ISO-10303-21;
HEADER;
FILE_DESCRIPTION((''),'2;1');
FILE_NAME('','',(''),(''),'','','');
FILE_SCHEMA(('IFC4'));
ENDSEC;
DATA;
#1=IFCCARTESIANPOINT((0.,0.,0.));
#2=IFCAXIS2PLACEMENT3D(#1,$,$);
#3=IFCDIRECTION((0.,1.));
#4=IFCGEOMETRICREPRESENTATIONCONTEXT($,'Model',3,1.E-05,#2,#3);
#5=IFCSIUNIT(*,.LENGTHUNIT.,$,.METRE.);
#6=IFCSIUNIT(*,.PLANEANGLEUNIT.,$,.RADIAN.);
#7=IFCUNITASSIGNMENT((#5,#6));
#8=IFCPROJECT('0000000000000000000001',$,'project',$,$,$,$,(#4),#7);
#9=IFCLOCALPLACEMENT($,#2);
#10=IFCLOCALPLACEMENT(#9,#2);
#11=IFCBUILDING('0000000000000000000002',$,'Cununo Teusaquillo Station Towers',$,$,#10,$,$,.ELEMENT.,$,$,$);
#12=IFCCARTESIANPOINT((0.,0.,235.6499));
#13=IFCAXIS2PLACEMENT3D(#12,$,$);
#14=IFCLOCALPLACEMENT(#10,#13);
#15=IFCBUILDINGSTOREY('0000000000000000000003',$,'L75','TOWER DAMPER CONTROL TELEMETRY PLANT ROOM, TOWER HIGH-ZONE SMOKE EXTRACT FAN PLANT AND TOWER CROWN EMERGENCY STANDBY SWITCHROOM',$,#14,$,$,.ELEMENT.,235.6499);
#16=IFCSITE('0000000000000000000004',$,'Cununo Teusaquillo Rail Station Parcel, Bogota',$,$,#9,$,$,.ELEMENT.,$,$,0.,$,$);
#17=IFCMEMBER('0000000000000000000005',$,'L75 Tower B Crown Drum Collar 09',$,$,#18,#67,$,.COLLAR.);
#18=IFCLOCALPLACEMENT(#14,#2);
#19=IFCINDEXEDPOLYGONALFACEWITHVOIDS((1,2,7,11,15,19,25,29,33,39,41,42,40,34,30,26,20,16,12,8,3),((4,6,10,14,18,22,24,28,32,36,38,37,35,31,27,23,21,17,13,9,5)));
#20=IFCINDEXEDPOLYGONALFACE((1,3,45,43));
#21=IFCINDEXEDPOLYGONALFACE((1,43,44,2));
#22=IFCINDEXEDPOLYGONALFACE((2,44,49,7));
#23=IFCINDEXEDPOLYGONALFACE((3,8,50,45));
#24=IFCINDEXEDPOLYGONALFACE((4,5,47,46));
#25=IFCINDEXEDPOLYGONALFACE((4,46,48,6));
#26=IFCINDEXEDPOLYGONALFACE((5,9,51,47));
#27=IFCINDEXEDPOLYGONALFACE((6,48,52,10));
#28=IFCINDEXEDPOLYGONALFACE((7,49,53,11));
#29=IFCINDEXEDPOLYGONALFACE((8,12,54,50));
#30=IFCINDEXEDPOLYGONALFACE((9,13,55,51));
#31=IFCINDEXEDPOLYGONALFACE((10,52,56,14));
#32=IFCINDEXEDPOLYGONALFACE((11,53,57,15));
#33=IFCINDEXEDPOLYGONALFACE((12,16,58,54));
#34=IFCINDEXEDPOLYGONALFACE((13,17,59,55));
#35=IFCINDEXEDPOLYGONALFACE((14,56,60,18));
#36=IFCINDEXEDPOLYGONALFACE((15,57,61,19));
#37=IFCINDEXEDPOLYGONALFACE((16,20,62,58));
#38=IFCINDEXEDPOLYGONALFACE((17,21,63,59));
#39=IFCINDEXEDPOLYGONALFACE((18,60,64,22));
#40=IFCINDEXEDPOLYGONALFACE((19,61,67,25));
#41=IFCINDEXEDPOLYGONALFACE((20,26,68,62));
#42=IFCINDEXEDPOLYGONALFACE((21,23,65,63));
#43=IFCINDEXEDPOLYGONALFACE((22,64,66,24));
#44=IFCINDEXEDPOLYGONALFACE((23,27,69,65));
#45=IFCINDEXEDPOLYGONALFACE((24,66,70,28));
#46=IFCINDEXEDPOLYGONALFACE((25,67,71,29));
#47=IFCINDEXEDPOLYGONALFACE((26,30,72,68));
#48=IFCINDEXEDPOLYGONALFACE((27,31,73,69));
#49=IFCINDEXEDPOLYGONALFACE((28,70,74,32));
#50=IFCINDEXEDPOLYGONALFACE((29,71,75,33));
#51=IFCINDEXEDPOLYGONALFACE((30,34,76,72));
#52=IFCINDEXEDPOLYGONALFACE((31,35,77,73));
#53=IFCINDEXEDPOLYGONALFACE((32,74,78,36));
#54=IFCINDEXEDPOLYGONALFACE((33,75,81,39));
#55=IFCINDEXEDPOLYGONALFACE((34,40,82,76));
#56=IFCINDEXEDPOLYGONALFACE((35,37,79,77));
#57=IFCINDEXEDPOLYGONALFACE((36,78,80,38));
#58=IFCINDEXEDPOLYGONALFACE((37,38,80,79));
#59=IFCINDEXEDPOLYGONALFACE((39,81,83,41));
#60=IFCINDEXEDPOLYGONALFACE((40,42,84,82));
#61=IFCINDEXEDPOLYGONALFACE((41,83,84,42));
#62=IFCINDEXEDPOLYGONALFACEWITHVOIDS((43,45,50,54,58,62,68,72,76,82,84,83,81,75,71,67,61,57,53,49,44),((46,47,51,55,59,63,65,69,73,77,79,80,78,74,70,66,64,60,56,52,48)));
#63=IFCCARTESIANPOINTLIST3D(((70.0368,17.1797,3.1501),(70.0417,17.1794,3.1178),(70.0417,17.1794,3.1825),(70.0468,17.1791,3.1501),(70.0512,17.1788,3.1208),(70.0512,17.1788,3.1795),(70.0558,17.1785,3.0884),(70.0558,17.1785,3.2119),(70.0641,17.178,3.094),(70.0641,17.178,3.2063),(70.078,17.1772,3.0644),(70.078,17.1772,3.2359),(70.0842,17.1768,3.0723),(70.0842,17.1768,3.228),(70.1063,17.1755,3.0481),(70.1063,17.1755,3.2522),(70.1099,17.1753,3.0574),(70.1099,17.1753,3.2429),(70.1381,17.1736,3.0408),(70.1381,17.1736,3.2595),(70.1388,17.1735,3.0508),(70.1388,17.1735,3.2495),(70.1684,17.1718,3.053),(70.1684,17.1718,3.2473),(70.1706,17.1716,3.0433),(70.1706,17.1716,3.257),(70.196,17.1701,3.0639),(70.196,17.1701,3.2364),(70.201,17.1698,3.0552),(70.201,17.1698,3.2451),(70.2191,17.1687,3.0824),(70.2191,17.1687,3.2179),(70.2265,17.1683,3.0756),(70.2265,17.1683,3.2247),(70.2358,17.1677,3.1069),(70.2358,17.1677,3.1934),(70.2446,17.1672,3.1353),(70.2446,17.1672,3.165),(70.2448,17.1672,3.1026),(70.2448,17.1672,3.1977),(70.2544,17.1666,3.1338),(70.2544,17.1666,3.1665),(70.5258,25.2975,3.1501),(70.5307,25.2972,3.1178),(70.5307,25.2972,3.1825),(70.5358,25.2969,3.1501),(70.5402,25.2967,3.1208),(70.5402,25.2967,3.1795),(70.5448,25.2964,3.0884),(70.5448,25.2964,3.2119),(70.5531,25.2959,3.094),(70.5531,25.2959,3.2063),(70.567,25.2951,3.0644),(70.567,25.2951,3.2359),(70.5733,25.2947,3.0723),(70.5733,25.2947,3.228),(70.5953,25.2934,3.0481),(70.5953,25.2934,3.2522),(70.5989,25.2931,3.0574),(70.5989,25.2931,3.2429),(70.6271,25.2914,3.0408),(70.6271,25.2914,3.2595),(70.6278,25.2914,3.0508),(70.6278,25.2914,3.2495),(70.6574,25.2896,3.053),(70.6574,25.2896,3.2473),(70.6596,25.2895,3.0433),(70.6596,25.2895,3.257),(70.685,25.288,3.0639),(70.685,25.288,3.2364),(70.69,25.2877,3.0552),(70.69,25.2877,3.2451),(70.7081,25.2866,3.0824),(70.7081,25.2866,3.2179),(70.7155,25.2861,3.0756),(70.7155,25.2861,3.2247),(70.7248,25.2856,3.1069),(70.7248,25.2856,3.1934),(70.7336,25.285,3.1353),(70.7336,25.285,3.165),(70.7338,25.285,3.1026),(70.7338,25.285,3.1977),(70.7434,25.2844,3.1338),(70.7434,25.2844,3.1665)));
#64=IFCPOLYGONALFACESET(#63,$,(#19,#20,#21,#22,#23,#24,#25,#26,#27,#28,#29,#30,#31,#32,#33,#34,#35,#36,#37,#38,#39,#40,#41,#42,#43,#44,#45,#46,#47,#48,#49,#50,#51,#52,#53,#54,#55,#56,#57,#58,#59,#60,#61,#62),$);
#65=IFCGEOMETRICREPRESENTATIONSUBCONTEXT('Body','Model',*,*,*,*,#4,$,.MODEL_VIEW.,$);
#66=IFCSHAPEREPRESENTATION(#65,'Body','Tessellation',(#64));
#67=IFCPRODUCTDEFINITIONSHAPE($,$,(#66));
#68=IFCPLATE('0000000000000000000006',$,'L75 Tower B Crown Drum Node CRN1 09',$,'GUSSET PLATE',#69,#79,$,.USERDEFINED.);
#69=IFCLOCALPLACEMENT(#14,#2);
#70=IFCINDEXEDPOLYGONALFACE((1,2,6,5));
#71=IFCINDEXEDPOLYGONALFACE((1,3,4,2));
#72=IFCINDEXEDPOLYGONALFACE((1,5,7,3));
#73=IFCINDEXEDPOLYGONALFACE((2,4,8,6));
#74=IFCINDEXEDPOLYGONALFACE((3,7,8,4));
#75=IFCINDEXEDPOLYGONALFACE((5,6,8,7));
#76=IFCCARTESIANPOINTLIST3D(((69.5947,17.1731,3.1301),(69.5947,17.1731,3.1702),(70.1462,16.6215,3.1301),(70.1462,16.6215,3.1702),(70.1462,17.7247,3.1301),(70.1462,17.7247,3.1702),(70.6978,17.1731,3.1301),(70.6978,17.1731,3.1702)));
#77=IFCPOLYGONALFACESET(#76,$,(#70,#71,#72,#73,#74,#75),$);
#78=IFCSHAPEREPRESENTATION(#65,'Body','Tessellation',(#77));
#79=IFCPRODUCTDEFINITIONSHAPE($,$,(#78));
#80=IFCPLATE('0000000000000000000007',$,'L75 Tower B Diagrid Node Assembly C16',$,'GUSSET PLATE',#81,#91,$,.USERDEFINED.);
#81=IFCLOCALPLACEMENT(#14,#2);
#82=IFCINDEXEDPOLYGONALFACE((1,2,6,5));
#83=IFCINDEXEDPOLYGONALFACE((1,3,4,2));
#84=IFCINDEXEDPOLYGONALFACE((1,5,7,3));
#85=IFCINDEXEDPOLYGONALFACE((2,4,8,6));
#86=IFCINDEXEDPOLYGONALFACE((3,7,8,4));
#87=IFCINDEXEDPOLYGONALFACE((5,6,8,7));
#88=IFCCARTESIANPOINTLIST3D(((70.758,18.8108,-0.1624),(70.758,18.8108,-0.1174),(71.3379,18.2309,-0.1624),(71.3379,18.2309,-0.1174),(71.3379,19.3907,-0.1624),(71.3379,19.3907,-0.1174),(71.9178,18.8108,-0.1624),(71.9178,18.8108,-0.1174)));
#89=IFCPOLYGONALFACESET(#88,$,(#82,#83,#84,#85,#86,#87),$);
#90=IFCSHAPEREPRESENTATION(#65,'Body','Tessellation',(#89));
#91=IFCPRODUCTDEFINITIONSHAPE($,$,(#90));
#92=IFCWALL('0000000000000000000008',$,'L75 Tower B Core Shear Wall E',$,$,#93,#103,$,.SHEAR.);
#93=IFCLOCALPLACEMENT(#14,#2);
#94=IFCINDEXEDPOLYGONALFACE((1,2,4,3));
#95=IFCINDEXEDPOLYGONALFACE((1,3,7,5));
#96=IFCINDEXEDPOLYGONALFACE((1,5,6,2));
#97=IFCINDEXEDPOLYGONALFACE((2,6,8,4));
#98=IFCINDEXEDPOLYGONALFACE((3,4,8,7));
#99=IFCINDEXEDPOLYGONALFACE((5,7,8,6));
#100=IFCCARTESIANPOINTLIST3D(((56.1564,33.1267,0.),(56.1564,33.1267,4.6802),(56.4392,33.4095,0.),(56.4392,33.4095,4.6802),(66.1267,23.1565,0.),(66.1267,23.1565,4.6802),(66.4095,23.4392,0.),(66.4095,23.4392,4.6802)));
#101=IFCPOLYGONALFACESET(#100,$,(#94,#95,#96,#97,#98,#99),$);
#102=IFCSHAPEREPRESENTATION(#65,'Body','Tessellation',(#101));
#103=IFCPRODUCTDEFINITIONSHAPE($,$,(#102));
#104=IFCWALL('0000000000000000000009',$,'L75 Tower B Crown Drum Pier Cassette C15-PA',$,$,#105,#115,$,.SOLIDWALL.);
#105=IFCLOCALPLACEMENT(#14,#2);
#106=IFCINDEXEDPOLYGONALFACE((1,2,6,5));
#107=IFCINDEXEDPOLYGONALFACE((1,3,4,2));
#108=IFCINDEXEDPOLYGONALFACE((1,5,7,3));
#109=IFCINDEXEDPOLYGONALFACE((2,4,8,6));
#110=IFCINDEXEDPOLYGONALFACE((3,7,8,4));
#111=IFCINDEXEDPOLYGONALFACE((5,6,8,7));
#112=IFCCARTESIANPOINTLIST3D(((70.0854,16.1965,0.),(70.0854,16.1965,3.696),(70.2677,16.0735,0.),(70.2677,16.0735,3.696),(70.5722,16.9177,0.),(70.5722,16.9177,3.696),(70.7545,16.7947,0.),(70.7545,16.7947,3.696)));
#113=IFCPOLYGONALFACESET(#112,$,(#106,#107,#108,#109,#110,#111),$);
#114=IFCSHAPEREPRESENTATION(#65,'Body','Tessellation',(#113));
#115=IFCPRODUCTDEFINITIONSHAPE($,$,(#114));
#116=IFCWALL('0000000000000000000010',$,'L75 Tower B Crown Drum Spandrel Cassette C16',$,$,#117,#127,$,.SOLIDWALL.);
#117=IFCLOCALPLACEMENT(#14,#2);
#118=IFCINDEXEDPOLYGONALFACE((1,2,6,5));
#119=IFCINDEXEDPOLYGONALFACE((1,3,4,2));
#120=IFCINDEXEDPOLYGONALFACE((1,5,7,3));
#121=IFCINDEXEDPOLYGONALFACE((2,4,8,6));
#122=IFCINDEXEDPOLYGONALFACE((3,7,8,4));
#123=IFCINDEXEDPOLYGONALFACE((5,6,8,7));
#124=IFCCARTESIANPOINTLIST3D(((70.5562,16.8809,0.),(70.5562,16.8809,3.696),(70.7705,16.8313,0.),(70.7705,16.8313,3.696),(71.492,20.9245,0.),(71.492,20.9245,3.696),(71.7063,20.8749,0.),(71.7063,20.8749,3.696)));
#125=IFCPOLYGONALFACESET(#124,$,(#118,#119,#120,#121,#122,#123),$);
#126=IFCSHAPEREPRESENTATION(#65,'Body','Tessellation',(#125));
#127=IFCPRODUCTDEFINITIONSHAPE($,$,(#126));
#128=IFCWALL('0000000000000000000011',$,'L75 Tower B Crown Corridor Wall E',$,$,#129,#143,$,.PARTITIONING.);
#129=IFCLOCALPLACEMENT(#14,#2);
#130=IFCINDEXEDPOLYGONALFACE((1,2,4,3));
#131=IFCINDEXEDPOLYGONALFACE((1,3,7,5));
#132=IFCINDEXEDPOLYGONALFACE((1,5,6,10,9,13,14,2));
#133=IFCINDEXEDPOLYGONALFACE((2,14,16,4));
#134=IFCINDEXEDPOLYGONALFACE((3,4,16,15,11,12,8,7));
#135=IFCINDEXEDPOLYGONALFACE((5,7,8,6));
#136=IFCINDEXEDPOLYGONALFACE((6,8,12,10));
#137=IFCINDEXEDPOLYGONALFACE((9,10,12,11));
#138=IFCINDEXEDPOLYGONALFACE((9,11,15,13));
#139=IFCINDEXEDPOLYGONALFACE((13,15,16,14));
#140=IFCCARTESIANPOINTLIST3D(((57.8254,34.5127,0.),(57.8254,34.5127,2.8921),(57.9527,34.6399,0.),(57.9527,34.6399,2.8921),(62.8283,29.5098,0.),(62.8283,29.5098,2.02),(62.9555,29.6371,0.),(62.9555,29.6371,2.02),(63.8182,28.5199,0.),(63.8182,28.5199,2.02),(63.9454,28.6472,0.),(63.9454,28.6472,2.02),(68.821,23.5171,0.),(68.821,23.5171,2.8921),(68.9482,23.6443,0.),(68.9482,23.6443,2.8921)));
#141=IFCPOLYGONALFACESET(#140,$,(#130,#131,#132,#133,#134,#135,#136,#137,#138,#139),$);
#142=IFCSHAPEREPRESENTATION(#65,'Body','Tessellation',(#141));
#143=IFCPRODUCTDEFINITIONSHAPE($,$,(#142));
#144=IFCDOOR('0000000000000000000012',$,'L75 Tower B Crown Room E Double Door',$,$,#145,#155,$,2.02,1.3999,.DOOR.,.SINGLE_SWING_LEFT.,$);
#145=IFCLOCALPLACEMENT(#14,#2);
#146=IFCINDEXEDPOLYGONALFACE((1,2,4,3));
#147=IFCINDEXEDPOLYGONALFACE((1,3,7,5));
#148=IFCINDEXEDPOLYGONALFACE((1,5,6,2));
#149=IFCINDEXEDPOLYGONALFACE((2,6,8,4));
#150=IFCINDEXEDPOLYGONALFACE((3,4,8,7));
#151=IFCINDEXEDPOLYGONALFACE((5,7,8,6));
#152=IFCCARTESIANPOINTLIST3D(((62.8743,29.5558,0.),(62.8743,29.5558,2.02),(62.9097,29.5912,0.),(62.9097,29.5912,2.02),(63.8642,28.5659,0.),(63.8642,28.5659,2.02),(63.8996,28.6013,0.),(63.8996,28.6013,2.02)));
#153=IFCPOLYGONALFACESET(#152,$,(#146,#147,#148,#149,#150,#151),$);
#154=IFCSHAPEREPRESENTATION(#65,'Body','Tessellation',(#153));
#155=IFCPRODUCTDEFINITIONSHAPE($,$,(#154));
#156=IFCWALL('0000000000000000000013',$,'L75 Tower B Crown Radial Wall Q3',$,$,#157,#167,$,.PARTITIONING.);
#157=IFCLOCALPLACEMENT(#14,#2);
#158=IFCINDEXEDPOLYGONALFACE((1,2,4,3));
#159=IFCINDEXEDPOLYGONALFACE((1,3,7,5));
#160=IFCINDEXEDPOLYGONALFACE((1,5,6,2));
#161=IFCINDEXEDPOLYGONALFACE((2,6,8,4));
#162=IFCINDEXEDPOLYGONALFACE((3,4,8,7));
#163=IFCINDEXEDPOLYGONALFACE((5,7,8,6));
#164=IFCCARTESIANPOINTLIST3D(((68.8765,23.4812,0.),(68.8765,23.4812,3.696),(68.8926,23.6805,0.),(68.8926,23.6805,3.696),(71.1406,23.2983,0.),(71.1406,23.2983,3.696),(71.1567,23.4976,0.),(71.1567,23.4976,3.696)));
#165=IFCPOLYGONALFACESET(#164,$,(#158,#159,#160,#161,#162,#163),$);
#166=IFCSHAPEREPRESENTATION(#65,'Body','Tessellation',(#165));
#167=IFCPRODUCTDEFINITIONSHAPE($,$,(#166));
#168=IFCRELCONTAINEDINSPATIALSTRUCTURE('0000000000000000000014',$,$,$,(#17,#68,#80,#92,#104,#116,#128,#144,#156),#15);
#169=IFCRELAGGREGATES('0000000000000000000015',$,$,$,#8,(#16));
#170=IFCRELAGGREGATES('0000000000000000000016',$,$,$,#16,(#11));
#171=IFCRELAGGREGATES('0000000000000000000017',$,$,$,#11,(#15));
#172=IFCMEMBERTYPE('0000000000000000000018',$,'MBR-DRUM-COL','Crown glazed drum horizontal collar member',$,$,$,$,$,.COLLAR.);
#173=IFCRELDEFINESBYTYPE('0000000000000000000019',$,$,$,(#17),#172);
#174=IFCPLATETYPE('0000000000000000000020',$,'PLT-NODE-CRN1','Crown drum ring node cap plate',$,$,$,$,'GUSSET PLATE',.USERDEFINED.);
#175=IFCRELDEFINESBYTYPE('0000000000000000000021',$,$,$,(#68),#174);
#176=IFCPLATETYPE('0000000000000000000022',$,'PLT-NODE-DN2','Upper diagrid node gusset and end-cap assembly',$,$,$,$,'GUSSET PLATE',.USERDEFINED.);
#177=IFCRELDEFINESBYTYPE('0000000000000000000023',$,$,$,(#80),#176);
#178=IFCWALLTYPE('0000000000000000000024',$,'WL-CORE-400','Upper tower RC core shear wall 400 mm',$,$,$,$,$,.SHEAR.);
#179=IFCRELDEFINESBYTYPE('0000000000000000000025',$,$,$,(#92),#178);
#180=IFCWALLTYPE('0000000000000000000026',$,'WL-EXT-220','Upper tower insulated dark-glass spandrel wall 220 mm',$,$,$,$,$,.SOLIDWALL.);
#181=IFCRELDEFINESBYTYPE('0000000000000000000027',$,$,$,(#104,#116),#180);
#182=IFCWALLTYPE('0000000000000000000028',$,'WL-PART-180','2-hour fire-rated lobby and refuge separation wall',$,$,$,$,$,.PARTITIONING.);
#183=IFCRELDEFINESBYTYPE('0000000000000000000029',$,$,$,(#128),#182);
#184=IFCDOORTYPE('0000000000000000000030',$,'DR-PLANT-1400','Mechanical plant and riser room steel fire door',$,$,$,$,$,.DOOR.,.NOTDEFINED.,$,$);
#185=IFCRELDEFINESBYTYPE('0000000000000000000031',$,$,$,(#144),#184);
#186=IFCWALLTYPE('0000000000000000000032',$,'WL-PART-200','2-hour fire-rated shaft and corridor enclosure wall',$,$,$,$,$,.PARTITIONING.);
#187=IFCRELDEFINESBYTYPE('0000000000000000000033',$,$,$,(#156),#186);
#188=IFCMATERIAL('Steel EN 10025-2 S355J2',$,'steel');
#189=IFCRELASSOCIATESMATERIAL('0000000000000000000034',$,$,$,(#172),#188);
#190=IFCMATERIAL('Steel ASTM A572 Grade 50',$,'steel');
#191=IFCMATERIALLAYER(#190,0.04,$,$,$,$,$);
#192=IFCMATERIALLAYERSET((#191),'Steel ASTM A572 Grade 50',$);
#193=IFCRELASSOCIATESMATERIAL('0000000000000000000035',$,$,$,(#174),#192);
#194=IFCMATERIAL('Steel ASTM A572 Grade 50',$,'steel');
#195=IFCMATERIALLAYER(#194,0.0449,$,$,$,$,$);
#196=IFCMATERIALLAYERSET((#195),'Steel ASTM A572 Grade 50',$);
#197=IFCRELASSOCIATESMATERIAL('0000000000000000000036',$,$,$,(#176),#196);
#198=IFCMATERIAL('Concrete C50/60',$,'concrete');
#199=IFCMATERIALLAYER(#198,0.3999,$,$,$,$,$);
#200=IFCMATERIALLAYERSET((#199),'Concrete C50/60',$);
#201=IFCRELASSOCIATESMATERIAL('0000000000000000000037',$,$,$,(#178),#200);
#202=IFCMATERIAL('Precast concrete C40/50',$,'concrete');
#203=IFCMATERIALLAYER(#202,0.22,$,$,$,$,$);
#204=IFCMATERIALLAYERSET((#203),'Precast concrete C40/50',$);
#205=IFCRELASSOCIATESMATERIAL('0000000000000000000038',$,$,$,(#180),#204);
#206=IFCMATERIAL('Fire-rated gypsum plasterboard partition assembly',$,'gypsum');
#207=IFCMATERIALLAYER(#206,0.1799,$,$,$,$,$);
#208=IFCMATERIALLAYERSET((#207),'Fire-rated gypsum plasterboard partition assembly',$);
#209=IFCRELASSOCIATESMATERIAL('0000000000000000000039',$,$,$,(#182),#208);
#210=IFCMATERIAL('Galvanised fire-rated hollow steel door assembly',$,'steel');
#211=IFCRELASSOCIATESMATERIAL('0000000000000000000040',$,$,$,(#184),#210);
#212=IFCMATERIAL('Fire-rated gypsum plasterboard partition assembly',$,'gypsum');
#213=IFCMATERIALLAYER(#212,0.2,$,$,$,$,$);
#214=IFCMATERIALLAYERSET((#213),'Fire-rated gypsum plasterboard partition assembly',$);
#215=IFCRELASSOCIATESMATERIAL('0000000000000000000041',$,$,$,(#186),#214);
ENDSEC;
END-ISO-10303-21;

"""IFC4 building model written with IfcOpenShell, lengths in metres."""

from ifc_helpers import new_model, si_unit, direction, frame, frame_2d, origin, origin_2d, place, context, subcontext, project, spatial, rectangle, hollow_circle, extrude, source, transform, mapped, material, layer, layer_set, material_profile, profile_set, type_object, element, fill, save


model = new_model("IFC4")

# Units and contexts
model_context = context("Model", 3, precision=1e-05, world=origin(), true_north=direction((0.0, 1.0)))
body_context = subcontext(model_context, "Body", "Model", "MODEL_VIEW")
ifc_project = project(units=[si_unit("LENGTHUNIT", "METRE"), si_unit("PLANEANGLEUNIT", "RADIAN")], contexts=[model_context])

# Site, building, storey
site_placement = place(None, origin())
site = spatial("IfcSite", under=ifc_project, at=site_placement, Name="Cununo Teusaquillo Rail Station Parcel, Bogota", CompositionType="ELEMENT", RefElevation=0.0)
building_placement = place(site_placement, origin())
building = spatial("IfcBuilding", under=site, at=building_placement, Name="Cununo Teusaquillo Station Towers", CompositionType="ELEMENT")
storey_placement = place(building_placement, frame((0.0, 0.0, 235.6499)))
storey = spatial("IfcBuildingStorey", under=building, at=storey_placement, Name="L75", Description="TOWER DAMPER CONTROL TELEMETRY PLANT ROOM, TOWER HIGH-ZONE SMOKE EXTRACT FAN PLANT AND TOWER CROWN EMERGENCY STANDBY SWITCHROOM", CompositionType="ELEMENT", Elevation=235.6499)

# Member
ifc_material_1 = material(Name="Steel EN 10025-2 S355J2", Category="steel")
ifc_material_profile_1 = material_profile(ifc_material_1, hollow_circle(Radius=0.1096, WallThickness=0.01, at=origin_2d()), Name="CHS 219x10")
ifc_profile_set_1 = profile_set([ifc_material_profile_1], Name="Steel EN 10025-2 S355J2")
member_type_1 = type_object("IfcMemberType", Name="MBR-DRUM-COL", Description="Crown glazed drum horizontal collar member", PredefinedType="COLLAR", material=ifc_profile_set_1)
member_1_placement = place(storey_placement, frame((70.1462, 17.1731, 3.1501), z_axis=(0.06013, 0.998191, 0.0), x_axis=(-0.998191, 0.06013, 0.0)))
element("IfcMember", 1, at=member_1_placement, inside=storey, type_object=member_type_1, Name="L75 Tower B Crown Drum Collar 09", PredefinedType="COLLAR", context=body_context, shape_type="SweptSolid", body=[
    extrude(hollow_circle(Radius=0.1096, WallThickness=0.01, at=origin_2d()), origin(), (0.0, 0.0, 1.0), 8.1326),
])

# Plates
ifc_material_2 = material(Name="Steel ASTM A572 Grade 50", Category="steel")
ifc_layer_1 = layer(ifc_material_2, 0.04)
ifc_layer_set_1 = layer_set([ifc_layer_1], Name="Steel ASTM A572 Grade 50")
plate_type_1 = type_object("IfcPlateType", Name="PLT-NODE-CRN1", Description="Crown drum ring node cap plate", ElementType="GUSSET PLATE", PredefinedType="USERDEFINED", material=ifc_layer_set_1)
shared_shape_1 = source(origin(), body_context, "Body", "SweptSolid", [
    extrude(rectangle(XDim=0.78, YDim=0.78, at=origin_2d()), origin(), (0.0, 0.0, 1.0), 0.04),
])
plate_1_placement = place(storey_placement, frame((70.1462, 17.1731, 3.1301), z_axis=(0.0, 0.0, 1.0), x_axis=(0.707107, 0.707107, 0.0)))
element("IfcPlate", 2, at=plate_1_placement, inside=storey, type_object=plate_type_1, Name="L75 Tower B Crown Drum Node CRN1 09", ObjectType="GUSSET PLATE", PredefinedType="USERDEFINED", context=body_context, shape_type="MappedRepresentation", body=[
    mapped(shared_shape_1, transform((0.0, 0.0, 0.0), x_axis=(1.0, 0.0, 0.0), y_axis=(0.0, 1.0, 0.0), z_axis=(0.0, 0.0, 1.0), scale=1.0)),
])
ifc_material_3 = material(Name="Steel ASTM A572 Grade 50", Category="steel")
ifc_layer_2 = layer(ifc_material_3, 0.0449)
ifc_layer_set_2 = layer_set([ifc_layer_2], Name="Steel ASTM A572 Grade 50")
plate_type_2 = type_object("IfcPlateType", Name="PLT-NODE-DN2", Description="Upper diagrid node gusset and end-cap assembly", ElementType="GUSSET PLATE", PredefinedType="USERDEFINED", material=ifc_layer_set_2)
shared_shape_2 = source(origin(), body_context, "Body", "SweptSolid", [
    extrude(rectangle(XDim=0.8201, YDim=0.8201, at=origin_2d()), origin(), (0.0, 0.0, 1.0), 0.0449),
])
plate_2_placement = place(storey_placement, frame((71.3379, 18.8108, -0.1624), z_axis=(0.0, 0.0, 1.0), x_axis=(0.707107, 0.707107, 0.0)))
element("IfcPlate", 3, at=plate_2_placement, inside=storey, type_object=plate_type_2, Name="L75 Tower B Diagrid Node Assembly C16", ObjectType="GUSSET PLATE", PredefinedType="USERDEFINED", context=body_context, shape_type="MappedRepresentation", body=[
    mapped(shared_shape_2, transform((0.0, 0.0, 0.0), x_axis=(1.0, 0.0, 0.0), y_axis=(0.0, 1.0, 0.0), z_axis=(0.0, 0.0, 1.0), scale=1.0)),
])

# Walls
ifc_material_4 = material(Name="Concrete C50/60", Category="concrete")
ifc_layer_3 = layer(ifc_material_4, 0.3999)
ifc_layer_set_3 = layer_set([ifc_layer_3], Name="Concrete C50/60")
wall_type_1 = type_object("IfcWallType", Name="WL-CORE-400", Description="Upper tower RC core shear wall 400 mm", PredefinedType="SHEAR", material=ifc_layer_set_3)
wall_1_placement = place(storey_placement, frame((66.2681, 23.2979, 0.0), z_axis=(0.0, 0.0, 1.0), x_axis=(-0.707107, 0.707107, 0.0)))
element("IfcWall", 4, at=wall_1_placement, inside=storey, type_object=wall_type_1, Name="L75 Tower B Core Shear Wall E", PredefinedType="SHEAR", context=body_context, shape_type="SweptSolid", body=[
    extrude(rectangle(XDim=14.1001, YDim=0.3999, at=frame_2d((7.05, 0.0))), origin(), (0.0, 0.0, 1.0), 4.6802),
])
ifc_material_5 = material(Name="Precast concrete C40/50", Category="concrete")
ifc_layer_4 = layer(ifc_material_5, 0.22)
ifc_layer_set_4 = layer_set([ifc_layer_4], Name="Precast concrete C40/50")
wall_type_2 = type_object("IfcWallType", Name="WL-EXT-220", Description="Upper tower insulated dark-glass spandrel wall 220 mm", PredefinedType="SOLIDWALL", material=ifc_layer_set_4)
wall_2_placement = place(storey_placement, frame((70.6633, 16.8562, 0.0), z_axis=(0.0, 0.0, 1.0), x_axis=(-0.559482, -0.828842, 0.0)))
element("IfcWall", 5, at=wall_2_placement, inside=storey, type_object=wall_type_2, Name="L75 Tower B Crown Drum Pier Cassette C15-PA", PredefinedType="SOLIDWALL", context=body_context, shape_type="SweptSolid", body=[
    extrude(rectangle(XDim=0.8701, YDim=0.22, at=frame_2d((0.4351, 0.0))), origin(), (0.0, 0.0, 1.0), 3.696),
])
wall_3_placement = place(storey_placement, frame((71.5991, 20.8997, 0.0), z_axis=(0.0, 0.0, 1.0), x_axis=(-0.225474, -0.974249, 0.0)))
element("IfcWall", 6, at=wall_3_placement, inside=storey, type_object=wall_type_2, Name="L75 Tower B Crown Drum Spandrel Cassette C16", PredefinedType="SOLIDWALL", context=body_context, shape_type="SweptSolid", body=[
    extrude(rectangle(XDim=4.1504, YDim=0.22, at=frame_2d((2.0752, 0.0))), origin(), (0.0, 0.0, 1.0), 3.696),
])

# Wall, opening, door
ifc_material_6 = material(Name="Fire-rated gypsum plasterboard partition assembly", Category="gypsum")
ifc_layer_5 = layer(ifc_material_6, 0.1799)
ifc_layer_set_5 = layer_set([ifc_layer_5], Name="Fire-rated gypsum plasterboard partition assembly")
wall_type_3 = type_object("IfcWallType", Name="WL-PART-180", Description="2-hour fire-rated lobby and refuge separation wall", PredefinedType="PARTITIONING", material=ifc_layer_set_5)
wall_4_placement = place(storey_placement, frame((68.8845, 23.5808, 0.0), z_axis=(0.0, 0.0, 1.0), x_axis=(-0.707107, 0.707107, 0.0)))
wall_4 = element("IfcWall", 7, at=wall_4_placement, inside=storey, type_object=wall_type_3, Name="L75 Tower B Crown Corridor Wall E", PredefinedType="PARTITIONING", context=body_context, shape_type="SweptSolid", body=[
    extrude(rectangle(XDim=15.55, YDim=0.1799, at=frame_2d((7.7749, 0.0))), origin(), (0.0, 0.0, 1.0), 2.8921),
])
shared_shape_3 = source(origin(), body_context, "Body", "SweptSolid", [
    extrude(rectangle(XDim=1.3999, YDim=2.02, at=frame_2d((0.7, 1.01))), frame((0.0, 0.0999, 0.0), z_axis=(0.0, -1.0, 0.0), x_axis=(1.0, 0.0, 0.0)), (0.0, 0.0, 1.0), 0.2),
])
opening_placement = place(wall_4_placement, frame((7.075, 0.0, 0.0)))
opening = element("IfcOpeningElement", 8, at=opening_placement, cuts=wall_4, PredefinedType="OPENING", context=body_context, shape_type="MappedRepresentation", body=[
    mapped(shared_shape_3, transform((0.0, 0.0, 0.0), x_axis=(1.0, 0.0, 0.0), y_axis=(0.0, 1.0, 0.0), z_axis=(0.0, 0.0, 1.0), scale=1.0)),
])
ifc_material_7 = material(Name="Galvanised fire-rated hollow steel door assembly", Category="steel")
door_type = type_object("IfcDoorType", Name="DR-PLANT-1400", Description="Mechanical plant and riser room steel fire door", OperationType="NOTDEFINED", PredefinedType="DOOR", material=ifc_material_7)
shared_shape_4 = source(origin(), body_context, "Body", "SweptSolid", [
    extrude(rectangle(XDim=1.3999, YDim=2.02, at=frame_2d((0.7, 1.01))), frame((0.0, 0.0249, 0.0), z_axis=(0.0, -1.0, 0.0), x_axis=(1.0, 0.0, 0.0)), (0.0, 0.0, 1.0), 0.05),
])
door_placement = place(opening_placement, origin())
door = element("IfcDoor", 9, at=door_placement, inside=storey, type_object=door_type, Name="L75 Tower B Crown Room E Double Door", OperationType="SINGLE_SWING_LEFT", OverallHeight=2.02, OverallWidth=1.3999, PredefinedType="DOOR", context=body_context, shape_type="MappedRepresentation", body=[
    mapped(shared_shape_4, transform((0.0, 0.0, 0.0), x_axis=(1.0, 0.0, 0.0), y_axis=(0.0, 1.0, 0.0), z_axis=(0.0, 0.0, 1.0), scale=1.0)),
])
fill(opening, door)

# Wall
ifc_material_8 = material(Name="Fire-rated gypsum plasterboard partition assembly", Category="gypsum")
ifc_layer_6 = layer(ifc_material_8, 0.2)
ifc_layer_set_6 = layer_set([ifc_layer_6], Name="Fire-rated gypsum plasterboard partition assembly")
wall_type_4 = type_object("IfcWallType", Name="WL-PART-200", Description="2-hour fire-rated shaft and corridor enclosure wall", PredefinedType="PARTITIONING", material=ifc_layer_set_6)
wall_5_placement = place(storey_placement, frame((68.8845, 23.5808, 0.0), z_axis=(0.0, 0.0, 1.0), x_axis=(0.996755, -0.080501, 0.0)))
element("IfcWall", 10, at=wall_5_placement, inside=storey, type_object=wall_type_4, Name="L75 Tower B Crown Radial Wall Q3", PredefinedType="PARTITIONING", context=body_context, shape_type="SweptSolid", body=[
    extrude(rectangle(XDim=2.2715, YDim=0.2, at=frame_2d((1.1357, 0.0))), origin(), (0.0, 0.0, 1.0), 3.696),
])

save(model, "model.ifc")
